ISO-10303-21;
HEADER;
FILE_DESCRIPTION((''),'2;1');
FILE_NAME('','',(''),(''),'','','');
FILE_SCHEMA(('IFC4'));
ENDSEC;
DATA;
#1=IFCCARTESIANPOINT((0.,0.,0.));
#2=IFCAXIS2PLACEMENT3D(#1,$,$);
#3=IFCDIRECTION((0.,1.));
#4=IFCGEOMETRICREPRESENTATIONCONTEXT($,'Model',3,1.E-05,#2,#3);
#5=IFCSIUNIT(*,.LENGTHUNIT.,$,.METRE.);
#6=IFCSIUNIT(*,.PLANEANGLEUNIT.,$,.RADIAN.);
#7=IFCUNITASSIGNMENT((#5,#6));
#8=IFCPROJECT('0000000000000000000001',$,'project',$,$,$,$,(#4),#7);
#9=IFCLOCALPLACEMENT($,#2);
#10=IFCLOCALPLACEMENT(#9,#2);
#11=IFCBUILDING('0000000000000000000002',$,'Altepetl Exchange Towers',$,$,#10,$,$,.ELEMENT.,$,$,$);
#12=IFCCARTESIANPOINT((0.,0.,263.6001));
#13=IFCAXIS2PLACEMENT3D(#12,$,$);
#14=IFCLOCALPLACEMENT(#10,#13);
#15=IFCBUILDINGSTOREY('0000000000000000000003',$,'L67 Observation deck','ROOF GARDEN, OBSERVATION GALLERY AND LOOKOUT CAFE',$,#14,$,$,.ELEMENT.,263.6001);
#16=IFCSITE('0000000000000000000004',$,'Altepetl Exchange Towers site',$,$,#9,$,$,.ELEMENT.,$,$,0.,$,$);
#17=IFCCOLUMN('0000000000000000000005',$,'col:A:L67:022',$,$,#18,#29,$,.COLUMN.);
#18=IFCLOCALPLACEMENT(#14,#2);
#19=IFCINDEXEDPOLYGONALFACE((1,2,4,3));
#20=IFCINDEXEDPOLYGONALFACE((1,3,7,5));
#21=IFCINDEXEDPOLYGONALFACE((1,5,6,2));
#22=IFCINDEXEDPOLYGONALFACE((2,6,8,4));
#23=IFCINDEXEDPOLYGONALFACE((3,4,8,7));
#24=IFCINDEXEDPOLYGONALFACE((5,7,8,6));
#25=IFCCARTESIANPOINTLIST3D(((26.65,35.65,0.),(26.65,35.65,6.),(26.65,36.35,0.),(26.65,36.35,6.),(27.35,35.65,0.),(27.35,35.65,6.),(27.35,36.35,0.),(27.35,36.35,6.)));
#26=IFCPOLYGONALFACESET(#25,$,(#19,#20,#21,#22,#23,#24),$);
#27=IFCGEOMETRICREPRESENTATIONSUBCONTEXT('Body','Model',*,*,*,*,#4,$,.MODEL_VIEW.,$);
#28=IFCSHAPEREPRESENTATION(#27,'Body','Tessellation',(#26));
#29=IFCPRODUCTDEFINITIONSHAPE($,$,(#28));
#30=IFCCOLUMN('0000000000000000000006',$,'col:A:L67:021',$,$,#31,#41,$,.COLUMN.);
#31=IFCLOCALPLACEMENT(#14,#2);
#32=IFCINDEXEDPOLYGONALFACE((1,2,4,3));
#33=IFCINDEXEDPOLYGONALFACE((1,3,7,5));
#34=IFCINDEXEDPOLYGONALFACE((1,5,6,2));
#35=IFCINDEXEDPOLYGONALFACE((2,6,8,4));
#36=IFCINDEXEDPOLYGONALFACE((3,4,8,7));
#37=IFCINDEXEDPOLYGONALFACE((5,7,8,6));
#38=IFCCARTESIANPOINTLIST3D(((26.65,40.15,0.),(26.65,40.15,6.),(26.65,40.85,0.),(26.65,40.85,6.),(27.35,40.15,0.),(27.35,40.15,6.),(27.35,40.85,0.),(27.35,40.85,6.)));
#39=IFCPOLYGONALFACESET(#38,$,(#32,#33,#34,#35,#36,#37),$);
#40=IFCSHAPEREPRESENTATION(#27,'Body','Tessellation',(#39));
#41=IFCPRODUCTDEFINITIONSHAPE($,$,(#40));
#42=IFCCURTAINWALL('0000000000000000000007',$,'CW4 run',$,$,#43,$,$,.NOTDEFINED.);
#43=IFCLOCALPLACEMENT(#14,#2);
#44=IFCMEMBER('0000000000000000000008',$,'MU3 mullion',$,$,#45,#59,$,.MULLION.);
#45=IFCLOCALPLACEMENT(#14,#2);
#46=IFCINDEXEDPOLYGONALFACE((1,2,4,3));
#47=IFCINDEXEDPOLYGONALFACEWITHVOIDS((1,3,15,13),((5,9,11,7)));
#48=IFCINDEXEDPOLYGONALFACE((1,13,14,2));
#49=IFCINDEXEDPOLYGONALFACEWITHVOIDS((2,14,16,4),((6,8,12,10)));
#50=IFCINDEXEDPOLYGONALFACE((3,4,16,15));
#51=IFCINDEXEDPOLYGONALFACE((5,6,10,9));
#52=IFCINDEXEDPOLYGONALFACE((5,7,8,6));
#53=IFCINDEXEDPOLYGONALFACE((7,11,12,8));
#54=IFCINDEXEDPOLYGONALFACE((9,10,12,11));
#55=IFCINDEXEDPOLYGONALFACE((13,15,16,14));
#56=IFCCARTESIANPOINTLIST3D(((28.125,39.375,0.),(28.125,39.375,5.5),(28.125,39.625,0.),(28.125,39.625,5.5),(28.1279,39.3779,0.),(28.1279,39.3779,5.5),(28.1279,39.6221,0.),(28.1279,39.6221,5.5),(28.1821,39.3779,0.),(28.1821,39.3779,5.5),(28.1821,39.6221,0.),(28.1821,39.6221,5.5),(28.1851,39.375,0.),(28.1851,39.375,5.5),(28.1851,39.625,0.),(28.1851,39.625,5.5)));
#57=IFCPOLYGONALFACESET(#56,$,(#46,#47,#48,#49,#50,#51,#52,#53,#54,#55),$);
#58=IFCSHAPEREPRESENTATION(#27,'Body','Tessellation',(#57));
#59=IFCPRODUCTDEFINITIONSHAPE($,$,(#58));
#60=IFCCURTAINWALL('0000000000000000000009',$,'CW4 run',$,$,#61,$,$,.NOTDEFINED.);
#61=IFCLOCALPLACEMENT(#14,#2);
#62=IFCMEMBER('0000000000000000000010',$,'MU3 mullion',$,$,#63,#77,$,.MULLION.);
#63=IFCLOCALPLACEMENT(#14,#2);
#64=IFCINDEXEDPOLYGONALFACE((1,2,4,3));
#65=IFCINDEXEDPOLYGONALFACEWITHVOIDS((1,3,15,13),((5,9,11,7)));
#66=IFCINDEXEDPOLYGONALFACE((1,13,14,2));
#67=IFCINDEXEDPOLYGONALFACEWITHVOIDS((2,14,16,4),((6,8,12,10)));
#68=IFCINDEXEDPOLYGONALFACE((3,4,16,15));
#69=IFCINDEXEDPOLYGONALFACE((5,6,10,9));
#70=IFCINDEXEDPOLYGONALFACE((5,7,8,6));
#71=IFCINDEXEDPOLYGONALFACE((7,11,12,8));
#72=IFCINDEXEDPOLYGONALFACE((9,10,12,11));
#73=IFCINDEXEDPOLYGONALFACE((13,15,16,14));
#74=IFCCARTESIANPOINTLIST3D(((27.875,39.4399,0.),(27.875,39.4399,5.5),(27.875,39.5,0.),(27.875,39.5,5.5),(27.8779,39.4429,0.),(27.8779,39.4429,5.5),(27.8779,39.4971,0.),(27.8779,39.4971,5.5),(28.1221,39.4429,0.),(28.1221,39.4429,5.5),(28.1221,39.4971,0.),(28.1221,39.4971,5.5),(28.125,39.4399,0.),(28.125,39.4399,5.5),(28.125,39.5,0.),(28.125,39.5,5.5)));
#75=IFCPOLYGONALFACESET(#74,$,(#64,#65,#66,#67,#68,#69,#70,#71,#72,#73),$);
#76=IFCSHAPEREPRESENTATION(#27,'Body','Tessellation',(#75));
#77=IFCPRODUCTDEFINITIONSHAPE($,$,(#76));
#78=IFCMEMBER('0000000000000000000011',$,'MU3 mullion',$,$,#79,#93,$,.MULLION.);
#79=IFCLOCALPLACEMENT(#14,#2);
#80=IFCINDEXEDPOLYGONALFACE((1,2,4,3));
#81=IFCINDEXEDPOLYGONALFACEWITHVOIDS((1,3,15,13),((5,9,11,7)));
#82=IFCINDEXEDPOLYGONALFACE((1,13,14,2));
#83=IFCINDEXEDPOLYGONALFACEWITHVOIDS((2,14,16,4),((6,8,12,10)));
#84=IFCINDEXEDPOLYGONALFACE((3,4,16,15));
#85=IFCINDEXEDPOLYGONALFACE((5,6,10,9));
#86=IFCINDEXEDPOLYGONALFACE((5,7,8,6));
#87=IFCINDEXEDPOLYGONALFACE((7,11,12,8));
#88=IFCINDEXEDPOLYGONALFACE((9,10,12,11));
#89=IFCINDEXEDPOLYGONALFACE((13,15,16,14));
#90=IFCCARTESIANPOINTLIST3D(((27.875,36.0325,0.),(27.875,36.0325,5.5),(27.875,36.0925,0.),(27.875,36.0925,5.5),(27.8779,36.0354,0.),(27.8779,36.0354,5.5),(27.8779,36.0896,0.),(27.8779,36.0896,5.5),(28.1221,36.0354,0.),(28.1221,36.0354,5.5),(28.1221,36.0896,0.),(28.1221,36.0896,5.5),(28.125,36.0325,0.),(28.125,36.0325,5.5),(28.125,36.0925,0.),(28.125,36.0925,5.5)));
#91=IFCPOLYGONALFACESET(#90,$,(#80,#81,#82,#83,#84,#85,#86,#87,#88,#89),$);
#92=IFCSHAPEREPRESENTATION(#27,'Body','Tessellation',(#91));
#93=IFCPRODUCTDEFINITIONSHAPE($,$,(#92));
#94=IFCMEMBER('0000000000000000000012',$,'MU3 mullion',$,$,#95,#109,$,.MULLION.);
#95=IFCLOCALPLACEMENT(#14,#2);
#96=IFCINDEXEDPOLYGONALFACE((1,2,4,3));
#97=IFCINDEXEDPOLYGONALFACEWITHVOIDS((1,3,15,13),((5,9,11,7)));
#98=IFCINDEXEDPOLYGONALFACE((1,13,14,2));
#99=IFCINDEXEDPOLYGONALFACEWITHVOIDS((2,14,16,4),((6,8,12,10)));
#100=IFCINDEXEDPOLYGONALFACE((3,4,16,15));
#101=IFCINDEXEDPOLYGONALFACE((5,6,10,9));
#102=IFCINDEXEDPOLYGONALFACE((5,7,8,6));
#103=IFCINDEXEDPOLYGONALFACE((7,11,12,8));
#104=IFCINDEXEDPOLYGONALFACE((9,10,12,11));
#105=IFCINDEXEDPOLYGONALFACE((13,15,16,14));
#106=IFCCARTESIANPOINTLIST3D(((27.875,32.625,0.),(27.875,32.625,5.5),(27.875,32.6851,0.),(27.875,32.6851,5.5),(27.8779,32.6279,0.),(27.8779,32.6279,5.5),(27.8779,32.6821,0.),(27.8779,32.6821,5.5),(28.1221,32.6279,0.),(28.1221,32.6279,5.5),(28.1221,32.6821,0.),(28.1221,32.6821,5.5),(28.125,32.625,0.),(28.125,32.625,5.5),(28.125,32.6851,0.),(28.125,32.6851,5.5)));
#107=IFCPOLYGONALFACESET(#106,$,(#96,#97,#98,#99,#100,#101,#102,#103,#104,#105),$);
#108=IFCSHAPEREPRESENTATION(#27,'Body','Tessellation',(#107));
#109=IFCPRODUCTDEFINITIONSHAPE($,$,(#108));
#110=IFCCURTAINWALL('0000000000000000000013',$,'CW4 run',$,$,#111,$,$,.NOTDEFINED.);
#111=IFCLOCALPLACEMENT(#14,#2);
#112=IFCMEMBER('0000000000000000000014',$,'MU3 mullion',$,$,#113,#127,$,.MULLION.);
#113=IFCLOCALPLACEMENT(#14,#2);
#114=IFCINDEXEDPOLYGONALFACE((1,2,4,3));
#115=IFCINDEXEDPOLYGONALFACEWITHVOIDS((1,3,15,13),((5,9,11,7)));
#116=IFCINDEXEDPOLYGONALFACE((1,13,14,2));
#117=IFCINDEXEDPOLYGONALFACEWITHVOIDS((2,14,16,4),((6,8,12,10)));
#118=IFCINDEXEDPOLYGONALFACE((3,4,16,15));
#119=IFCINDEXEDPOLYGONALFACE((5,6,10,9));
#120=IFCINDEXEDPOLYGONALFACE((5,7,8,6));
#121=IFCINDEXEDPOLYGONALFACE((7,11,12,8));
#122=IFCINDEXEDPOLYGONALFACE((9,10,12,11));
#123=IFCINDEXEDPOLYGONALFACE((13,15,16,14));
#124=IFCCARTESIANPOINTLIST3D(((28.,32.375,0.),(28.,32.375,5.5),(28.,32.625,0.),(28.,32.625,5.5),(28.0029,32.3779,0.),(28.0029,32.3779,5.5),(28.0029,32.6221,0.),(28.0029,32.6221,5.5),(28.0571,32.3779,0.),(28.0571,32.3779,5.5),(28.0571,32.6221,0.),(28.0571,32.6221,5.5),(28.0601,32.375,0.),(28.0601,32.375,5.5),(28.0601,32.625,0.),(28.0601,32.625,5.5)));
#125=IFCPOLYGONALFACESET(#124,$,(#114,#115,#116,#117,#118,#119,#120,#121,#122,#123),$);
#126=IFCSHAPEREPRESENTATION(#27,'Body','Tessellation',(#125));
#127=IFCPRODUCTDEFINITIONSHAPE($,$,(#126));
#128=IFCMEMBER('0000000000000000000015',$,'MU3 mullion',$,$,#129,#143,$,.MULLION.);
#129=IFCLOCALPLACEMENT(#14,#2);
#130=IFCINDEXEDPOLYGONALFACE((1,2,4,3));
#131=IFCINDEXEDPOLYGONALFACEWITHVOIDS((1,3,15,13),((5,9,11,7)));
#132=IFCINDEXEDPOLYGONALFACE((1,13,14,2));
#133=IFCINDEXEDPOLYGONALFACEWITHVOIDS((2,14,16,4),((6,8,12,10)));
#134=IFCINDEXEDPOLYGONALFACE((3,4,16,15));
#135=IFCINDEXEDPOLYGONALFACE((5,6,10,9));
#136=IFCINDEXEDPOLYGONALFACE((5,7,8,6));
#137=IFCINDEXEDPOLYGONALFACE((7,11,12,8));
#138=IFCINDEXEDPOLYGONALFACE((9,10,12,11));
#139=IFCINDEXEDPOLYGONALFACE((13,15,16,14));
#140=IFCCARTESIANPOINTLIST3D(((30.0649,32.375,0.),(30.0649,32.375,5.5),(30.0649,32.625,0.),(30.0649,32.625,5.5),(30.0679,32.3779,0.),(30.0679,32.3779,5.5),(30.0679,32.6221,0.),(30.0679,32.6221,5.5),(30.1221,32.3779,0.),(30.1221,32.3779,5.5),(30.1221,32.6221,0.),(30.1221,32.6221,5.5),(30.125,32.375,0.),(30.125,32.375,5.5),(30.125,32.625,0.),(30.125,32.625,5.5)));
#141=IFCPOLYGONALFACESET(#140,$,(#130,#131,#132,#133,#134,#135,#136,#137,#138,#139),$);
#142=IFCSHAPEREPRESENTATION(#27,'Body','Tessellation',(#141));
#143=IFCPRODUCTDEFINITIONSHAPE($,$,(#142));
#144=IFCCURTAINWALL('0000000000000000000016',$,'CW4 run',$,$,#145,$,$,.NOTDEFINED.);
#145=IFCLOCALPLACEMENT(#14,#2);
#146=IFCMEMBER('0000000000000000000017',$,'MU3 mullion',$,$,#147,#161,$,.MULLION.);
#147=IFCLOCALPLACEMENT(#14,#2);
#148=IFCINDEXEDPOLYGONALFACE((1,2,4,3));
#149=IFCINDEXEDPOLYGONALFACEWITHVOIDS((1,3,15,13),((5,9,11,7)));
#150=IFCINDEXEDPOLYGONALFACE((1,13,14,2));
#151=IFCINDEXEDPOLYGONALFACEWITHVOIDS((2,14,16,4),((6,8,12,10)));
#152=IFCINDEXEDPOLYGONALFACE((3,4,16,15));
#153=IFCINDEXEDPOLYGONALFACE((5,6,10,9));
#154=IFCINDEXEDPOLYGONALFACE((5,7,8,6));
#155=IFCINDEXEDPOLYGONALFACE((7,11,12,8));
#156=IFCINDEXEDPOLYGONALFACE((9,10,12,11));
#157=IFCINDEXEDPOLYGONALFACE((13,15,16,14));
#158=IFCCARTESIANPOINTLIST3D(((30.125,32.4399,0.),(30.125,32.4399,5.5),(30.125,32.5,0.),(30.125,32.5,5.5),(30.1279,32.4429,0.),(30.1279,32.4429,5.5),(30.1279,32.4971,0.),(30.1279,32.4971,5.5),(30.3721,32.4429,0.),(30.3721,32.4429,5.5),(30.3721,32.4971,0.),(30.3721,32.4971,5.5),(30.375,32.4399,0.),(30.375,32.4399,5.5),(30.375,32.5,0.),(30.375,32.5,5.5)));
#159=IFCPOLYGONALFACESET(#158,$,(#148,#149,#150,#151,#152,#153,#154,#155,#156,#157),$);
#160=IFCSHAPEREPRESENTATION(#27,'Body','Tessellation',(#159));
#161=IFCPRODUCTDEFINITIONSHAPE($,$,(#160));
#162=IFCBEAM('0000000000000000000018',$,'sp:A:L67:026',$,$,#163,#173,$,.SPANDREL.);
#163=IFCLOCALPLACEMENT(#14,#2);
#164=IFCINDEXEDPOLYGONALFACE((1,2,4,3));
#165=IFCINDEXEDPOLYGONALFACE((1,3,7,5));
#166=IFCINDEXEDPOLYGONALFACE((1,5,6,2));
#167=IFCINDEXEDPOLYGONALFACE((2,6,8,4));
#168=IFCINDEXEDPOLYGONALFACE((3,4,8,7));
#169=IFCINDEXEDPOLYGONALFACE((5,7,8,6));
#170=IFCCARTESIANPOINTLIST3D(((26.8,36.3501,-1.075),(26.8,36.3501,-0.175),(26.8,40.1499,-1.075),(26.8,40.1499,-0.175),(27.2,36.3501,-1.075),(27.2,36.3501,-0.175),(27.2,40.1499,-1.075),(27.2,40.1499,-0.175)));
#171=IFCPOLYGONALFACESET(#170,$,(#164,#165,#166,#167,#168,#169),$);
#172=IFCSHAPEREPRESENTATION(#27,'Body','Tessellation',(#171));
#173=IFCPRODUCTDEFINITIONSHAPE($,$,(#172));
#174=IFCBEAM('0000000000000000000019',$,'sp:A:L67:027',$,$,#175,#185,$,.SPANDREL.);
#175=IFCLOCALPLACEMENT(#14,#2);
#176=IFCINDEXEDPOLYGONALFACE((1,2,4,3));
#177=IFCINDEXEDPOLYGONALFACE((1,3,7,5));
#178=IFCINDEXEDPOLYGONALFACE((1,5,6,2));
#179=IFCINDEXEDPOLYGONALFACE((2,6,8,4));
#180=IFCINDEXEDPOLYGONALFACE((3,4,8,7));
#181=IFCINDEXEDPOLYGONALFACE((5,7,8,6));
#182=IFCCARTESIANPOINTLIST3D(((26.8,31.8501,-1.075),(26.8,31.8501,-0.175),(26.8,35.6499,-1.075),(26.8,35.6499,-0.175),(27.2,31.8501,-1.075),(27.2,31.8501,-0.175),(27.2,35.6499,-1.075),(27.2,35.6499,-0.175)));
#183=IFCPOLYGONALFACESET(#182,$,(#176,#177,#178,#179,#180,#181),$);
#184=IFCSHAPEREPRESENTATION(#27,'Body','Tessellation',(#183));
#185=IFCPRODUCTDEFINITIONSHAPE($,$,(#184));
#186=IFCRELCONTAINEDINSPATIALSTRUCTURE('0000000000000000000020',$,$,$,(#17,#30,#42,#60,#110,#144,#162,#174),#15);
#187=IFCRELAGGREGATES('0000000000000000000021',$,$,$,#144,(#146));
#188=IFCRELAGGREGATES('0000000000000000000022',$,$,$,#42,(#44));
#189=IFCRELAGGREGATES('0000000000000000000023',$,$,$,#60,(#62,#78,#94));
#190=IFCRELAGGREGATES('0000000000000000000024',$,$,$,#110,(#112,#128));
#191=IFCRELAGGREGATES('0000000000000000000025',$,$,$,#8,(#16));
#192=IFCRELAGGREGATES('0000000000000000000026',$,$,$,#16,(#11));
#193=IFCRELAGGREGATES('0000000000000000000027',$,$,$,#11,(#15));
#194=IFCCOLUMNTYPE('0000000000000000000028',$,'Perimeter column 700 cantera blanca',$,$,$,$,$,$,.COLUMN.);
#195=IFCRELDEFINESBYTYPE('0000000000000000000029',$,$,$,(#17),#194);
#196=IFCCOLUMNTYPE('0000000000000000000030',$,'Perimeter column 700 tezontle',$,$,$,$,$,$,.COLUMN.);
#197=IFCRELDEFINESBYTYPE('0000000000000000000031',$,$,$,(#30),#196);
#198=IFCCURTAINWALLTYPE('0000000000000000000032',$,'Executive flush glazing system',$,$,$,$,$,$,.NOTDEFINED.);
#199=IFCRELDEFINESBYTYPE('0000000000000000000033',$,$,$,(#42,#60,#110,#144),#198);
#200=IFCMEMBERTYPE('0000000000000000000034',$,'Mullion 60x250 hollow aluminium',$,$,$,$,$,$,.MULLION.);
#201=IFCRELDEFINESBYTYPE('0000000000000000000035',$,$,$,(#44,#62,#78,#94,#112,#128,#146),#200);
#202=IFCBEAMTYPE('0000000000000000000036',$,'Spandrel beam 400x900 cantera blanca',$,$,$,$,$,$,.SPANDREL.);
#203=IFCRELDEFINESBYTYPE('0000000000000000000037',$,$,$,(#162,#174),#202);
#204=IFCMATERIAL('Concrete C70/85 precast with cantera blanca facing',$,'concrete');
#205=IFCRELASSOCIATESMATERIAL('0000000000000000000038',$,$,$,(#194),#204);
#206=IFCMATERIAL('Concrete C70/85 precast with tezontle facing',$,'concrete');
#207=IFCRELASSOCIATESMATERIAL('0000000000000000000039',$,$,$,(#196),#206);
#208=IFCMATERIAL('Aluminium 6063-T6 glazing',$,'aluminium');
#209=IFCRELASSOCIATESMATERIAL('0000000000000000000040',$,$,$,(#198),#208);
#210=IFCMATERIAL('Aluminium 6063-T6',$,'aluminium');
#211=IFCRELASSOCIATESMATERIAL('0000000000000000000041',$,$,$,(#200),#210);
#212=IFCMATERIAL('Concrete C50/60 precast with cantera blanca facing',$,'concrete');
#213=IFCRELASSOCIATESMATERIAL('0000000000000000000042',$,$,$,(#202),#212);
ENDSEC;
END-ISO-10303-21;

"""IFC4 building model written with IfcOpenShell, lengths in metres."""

from ifc_helpers import new_model, si_unit, direction, frame, origin, origin_2d, place, context, subcontext, project, spatial, rectangle, hollow_rectangle, extrude, material, material_profile, profile_set, type_object, element, aggregate, save


model = new_model("IFC4")

# Units and contexts
model_context = context("Model", 3, precision=1e-05, world=origin(), true_north=direction((0.0, 1.0)))
body_context = subcontext(model_context, "Body", "Model", "MODEL_VIEW")
ifc_project = project(units=[si_unit("LENGTHUNIT", "METRE"), si_unit("PLANEANGLEUNIT", "RADIAN")], contexts=[model_context])

# Site, building, storey
site_placement = place(None, origin())
site = spatial("IfcSite", under=ifc_project, at=site_placement, Name="Altepetl Exchange Towers site", CompositionType="ELEMENT", RefElevation=0.0)
building_placement = place(site_placement, origin())
building = spatial("IfcBuilding", under=site, at=building_placement, Name="Altepetl Exchange Towers", CompositionType="ELEMENT")
storey_placement = place(building_placement, frame((0.0, 0.0, 263.6001)))
storey = spatial("IfcBuildingStorey", under=building, at=storey_placement, Name="L67 Observation deck", Description="ROOF GARDEN, OBSERVATION GALLERY AND LOOKOUT CAFE", CompositionType="ELEMENT", Elevation=263.6001)

# Columns
ifc_material_1 = material(Name="Concrete C70/85 precast with cantera blanca facing", Category="concrete")
ifc_material_profile_1 = material_profile(ifc_material_1, rectangle(XDim=0.7, YDim=0.7, at=origin_2d()), Name="700 x 700")
ifc_profile_set_1 = profile_set([ifc_material_profile_1], Name="Concrete C70/85 precast with cantera blanca facing")
column_type_1 = type_object("IfcColumnType", Name="Perimeter column 700 cantera blanca", PredefinedType="COLUMN", material=ifc_profile_set_1)
column_1_placement = place(storey_placement, frame((27.0, 36.0, 0.0)))
element("IfcColumn", 1, at=column_1_placement, inside=storey, type_object=column_type_1, Name="col:A:L67:022", PredefinedType="COLUMN", context=body_context, shape_type="SweptSolid", body=[
    extrude(rectangle(XDim=0.7, YDim=0.7, at=origin_2d()), origin(), (0.0, 0.0, 1.0), 6.0),
])
ifc_material_2 = material(Name="Concrete C70/85 precast with tezontle facing", Category="concrete")
ifc_material_profile_2 = material_profile(ifc_material_2, rectangle(XDim=0.7, YDim=0.7, at=origin_2d()), Name="700 x 700")
ifc_profile_set_2 = profile_set([ifc_material_profile_2], Name="Concrete C70/85 precast with tezontle facing")
column_type_2 = type_object("IfcColumnType", Name="Perimeter column 700 tezontle", PredefinedType="COLUMN", material=ifc_profile_set_2)
column_2_placement = place(storey_placement, frame((27.0, 40.5, 0.0)))
element("IfcColumn", 2, at=column_2_placement, inside=storey, type_object=column_type_2, Name="col:A:L67:021", PredefinedType="COLUMN", context=body_context, shape_type="SweptSolid", body=[
    extrude(rectangle(XDim=0.7, YDim=0.7, at=origin_2d()), origin(), (0.0, 0.0, 1.0), 6.0),
])

# Curtain wall, member
ifc_material_3 = material(Name="Aluminium 6063-T6 glazing", Category="aluminium")
curtain_wall_type = type_object("IfcCurtainWallType", Name="Executive flush glazing system", PredefinedType="NOTDEFINED", material=ifc_material_3)
curtain_wall_1_placement = place(storey_placement, origin())
curtain_wall_1 = element("IfcCurtainWall", 3, at=curtain_wall_1_placement, inside=storey, type_object=curtain_wall_type, Name="CW4 run", PredefinedType="NOTDEFINED")
ifc_material_4 = material(Name="Aluminium 6063-T6", Category="aluminium")
ifc_material_profile_3 = material_profile(ifc_material_4, hollow_rectangle(XDim=0.0601, YDim=0.25, WallThickness=0.0029, at=origin_2d()), Name="Mullion 60x250 hollow aluminium")
ifc_profile_set_3 = profile_set([ifc_material_profile_3], Name="Aluminium 6063-T6")
member_type_1 = type_object("IfcMemberType", Name="Mullion 60x250 hollow aluminium", PredefinedType="MULLION", material=ifc_profile_set_3)
member_1_placement = place(storey_placement, frame((28.155, 39.5, 0.0), z_axis=(0.0, 0.0, 1.0), x_axis=(-1.0, 0.0, 0.0)))
member_1 = element("IfcMember", 4, at=member_1_placement, type_object=member_type_1, Name="MU3 mullion", PredefinedType="MULLION", context=body_context, shape_type="SweptSolid", body=[
    extrude(hollow_rectangle(XDim=0.0601, YDim=0.25, WallThickness=0.0029, at=origin_2d()), origin(), (0.0, 0.0, 1.0), 5.5),
])

# Curtain walls, members
curtain_wall_2_placement = place(storey_placement, origin())
curtain_wall_2 = element("IfcCurtainWall", 5, at=curtain_wall_2_placement, inside=storey, type_object=curtain_wall_type, Name="CW4 run", PredefinedType="NOTDEFINED")
member_2_placement = place(storey_placement, frame((28.0, 39.47, 0.0), z_axis=(0.0, 0.0, 1.0), x_axis=(0.0, -1.0, 0.0)))
member_2 = element("IfcMember", 6, at=member_2_placement, type_object=member_type_1, Name="MU3 mullion", PredefinedType="MULLION", context=body_context, shape_type="SweptSolid", body=[
    extrude(hollow_rectangle(XDim=0.0601, YDim=0.25, WallThickness=0.0029, at=origin_2d()), origin(), (0.0, 0.0, 1.0), 5.5),
])
member_3_placement = place(storey_placement, frame((28.0, 36.0625, 0.0), z_axis=(0.0, 0.0, 1.0), x_axis=(0.0, -1.0, 0.0)))
member_3 = element("IfcMember", 7, at=member_3_placement, type_object=member_type_1, Name="MU3 mullion", PredefinedType="MULLION", context=body_context, shape_type="SweptSolid", body=[
    extrude(hollow_rectangle(XDim=0.0601, YDim=0.25, WallThickness=0.0029, at=origin_2d()), origin(), (0.0, 0.0, 1.0), 5.5),
])
member_4_placement = place(storey_placement, frame((28.0, 32.655, 0.0), z_axis=(0.0, 0.0, 1.0), x_axis=(0.0, -1.0, 0.0)))
member_4 = element("IfcMember", 8, at=member_4_placement, type_object=member_type_1, Name="MU3 mullion", PredefinedType="MULLION", context=body_context, shape_type="SweptSolid", body=[
    extrude(hollow_rectangle(XDim=0.0601, YDim=0.25, WallThickness=0.0029, at=origin_2d()), origin(), (0.0, 0.0, 1.0), 5.5),
])
curtain_wall_3_placement = place(storey_placement, origin())
curtain_wall_3 = element("IfcCurtainWall", 9, at=curtain_wall_3_placement, inside=storey, type_object=curtain_wall_type, Name="CW4 run", PredefinedType="NOTDEFINED")
member_5_placement = place(storey_placement, frame((28.03, 32.5, 0.0)))
member_5 = element("IfcMember", 10, at=member_5_placement, type_object=member_type_1, Name="MU3 mullion", PredefinedType="MULLION", context=body_context, shape_type="SweptSolid", body=[
    extrude(hollow_rectangle(XDim=0.0601, YDim=0.25, WallThickness=0.0029, at=origin_2d()), origin(), (0.0, 0.0, 1.0), 5.5),
])
member_6_placement = place(storey_placement, frame((30.095, 32.5, 0.0)))
member_6 = element("IfcMember", 11, at=member_6_placement, type_object=member_type_1, Name="MU3 mullion", PredefinedType="MULLION", context=body_context, shape_type="SweptSolid", body=[
    extrude(hollow_rectangle(XDim=0.0601, YDim=0.25, WallThickness=0.0029, at=origin_2d()), origin(), (0.0, 0.0, 1.0), 5.5),
])

# Curtain wall, member
curtain_wall_4_placement = place(storey_placement, origin())
curtain_wall_4 = element("IfcCurtainWall", 12, at=curtain_wall_4_placement, inside=storey, type_object=curtain_wall_type, Name="CW4 run", PredefinedType="NOTDEFINED")
member_7_placement = place(storey_placement, frame((30.25, 32.47, 0.0), z_axis=(0.0, 0.0, 1.0), x_axis=(0.0, -1.0, 0.0)))
member_7 = element("IfcMember", 13, at=member_7_placement, type_object=member_type_1, Name="MU3 mullion", PredefinedType="MULLION", context=body_context, shape_type="SweptSolid", body=[
    extrude(hollow_rectangle(XDim=0.0601, YDim=0.25, WallThickness=0.0029, at=origin_2d()), origin(), (0.0, 0.0, 1.0), 5.5),
])
aggregate(curtain_wall_4, [member_7])

# Beams
ifc_material_5 = material(Name="Concrete C50/60 precast with cantera blanca facing", Category="concrete")
ifc_material_profile_4 = material_profile(ifc_material_5, rectangle(XDim=0.3999, YDim=0.8999, at=origin_2d()), Name="400 x 900")
ifc_profile_set_4 = profile_set([ifc_material_profile_4], Name="Concrete C50/60 precast with cantera blanca facing")
beam_type = type_object("IfcBeamType", Name="Spandrel beam 400x900 cantera blanca", PredefinedType="SPANDREL", material=ifc_profile_set_4)
for number, where, z_axis, x_axis, name in (
    (14, (27.0, 40.1499, -0.625), (0.0, -1.0, 0.0), (1.0, 0.0, 0.0), "sp:A:L67:026"),
    (15, (27.0, 35.6499, -0.625), (0.0, -1.0, 0.0), (1.0, 0.0, 0.0), "sp:A:L67:027"),
):
    element("IfcBeam", number, at=place(storey_placement, frame(where, z_axis=z_axis, x_axis=x_axis)), inside=storey, type_object=beam_type, Name=name, PredefinedType="SPANDREL", context=body_context, shape_type="SweptSolid", body=[
        extrude(rectangle(XDim=0.3999, YDim=0.8999, at=origin_2d()), origin(), (0.0, 0.0, 1.0), 3.7998),
    ])

aggregate(curtain_wall_1, [member_1])
aggregate(curtain_wall_2, [member_2, member_3, member_4])
aggregate(curtain_wall_3, [member_5, member_6])

save(model, "model.ifc")
